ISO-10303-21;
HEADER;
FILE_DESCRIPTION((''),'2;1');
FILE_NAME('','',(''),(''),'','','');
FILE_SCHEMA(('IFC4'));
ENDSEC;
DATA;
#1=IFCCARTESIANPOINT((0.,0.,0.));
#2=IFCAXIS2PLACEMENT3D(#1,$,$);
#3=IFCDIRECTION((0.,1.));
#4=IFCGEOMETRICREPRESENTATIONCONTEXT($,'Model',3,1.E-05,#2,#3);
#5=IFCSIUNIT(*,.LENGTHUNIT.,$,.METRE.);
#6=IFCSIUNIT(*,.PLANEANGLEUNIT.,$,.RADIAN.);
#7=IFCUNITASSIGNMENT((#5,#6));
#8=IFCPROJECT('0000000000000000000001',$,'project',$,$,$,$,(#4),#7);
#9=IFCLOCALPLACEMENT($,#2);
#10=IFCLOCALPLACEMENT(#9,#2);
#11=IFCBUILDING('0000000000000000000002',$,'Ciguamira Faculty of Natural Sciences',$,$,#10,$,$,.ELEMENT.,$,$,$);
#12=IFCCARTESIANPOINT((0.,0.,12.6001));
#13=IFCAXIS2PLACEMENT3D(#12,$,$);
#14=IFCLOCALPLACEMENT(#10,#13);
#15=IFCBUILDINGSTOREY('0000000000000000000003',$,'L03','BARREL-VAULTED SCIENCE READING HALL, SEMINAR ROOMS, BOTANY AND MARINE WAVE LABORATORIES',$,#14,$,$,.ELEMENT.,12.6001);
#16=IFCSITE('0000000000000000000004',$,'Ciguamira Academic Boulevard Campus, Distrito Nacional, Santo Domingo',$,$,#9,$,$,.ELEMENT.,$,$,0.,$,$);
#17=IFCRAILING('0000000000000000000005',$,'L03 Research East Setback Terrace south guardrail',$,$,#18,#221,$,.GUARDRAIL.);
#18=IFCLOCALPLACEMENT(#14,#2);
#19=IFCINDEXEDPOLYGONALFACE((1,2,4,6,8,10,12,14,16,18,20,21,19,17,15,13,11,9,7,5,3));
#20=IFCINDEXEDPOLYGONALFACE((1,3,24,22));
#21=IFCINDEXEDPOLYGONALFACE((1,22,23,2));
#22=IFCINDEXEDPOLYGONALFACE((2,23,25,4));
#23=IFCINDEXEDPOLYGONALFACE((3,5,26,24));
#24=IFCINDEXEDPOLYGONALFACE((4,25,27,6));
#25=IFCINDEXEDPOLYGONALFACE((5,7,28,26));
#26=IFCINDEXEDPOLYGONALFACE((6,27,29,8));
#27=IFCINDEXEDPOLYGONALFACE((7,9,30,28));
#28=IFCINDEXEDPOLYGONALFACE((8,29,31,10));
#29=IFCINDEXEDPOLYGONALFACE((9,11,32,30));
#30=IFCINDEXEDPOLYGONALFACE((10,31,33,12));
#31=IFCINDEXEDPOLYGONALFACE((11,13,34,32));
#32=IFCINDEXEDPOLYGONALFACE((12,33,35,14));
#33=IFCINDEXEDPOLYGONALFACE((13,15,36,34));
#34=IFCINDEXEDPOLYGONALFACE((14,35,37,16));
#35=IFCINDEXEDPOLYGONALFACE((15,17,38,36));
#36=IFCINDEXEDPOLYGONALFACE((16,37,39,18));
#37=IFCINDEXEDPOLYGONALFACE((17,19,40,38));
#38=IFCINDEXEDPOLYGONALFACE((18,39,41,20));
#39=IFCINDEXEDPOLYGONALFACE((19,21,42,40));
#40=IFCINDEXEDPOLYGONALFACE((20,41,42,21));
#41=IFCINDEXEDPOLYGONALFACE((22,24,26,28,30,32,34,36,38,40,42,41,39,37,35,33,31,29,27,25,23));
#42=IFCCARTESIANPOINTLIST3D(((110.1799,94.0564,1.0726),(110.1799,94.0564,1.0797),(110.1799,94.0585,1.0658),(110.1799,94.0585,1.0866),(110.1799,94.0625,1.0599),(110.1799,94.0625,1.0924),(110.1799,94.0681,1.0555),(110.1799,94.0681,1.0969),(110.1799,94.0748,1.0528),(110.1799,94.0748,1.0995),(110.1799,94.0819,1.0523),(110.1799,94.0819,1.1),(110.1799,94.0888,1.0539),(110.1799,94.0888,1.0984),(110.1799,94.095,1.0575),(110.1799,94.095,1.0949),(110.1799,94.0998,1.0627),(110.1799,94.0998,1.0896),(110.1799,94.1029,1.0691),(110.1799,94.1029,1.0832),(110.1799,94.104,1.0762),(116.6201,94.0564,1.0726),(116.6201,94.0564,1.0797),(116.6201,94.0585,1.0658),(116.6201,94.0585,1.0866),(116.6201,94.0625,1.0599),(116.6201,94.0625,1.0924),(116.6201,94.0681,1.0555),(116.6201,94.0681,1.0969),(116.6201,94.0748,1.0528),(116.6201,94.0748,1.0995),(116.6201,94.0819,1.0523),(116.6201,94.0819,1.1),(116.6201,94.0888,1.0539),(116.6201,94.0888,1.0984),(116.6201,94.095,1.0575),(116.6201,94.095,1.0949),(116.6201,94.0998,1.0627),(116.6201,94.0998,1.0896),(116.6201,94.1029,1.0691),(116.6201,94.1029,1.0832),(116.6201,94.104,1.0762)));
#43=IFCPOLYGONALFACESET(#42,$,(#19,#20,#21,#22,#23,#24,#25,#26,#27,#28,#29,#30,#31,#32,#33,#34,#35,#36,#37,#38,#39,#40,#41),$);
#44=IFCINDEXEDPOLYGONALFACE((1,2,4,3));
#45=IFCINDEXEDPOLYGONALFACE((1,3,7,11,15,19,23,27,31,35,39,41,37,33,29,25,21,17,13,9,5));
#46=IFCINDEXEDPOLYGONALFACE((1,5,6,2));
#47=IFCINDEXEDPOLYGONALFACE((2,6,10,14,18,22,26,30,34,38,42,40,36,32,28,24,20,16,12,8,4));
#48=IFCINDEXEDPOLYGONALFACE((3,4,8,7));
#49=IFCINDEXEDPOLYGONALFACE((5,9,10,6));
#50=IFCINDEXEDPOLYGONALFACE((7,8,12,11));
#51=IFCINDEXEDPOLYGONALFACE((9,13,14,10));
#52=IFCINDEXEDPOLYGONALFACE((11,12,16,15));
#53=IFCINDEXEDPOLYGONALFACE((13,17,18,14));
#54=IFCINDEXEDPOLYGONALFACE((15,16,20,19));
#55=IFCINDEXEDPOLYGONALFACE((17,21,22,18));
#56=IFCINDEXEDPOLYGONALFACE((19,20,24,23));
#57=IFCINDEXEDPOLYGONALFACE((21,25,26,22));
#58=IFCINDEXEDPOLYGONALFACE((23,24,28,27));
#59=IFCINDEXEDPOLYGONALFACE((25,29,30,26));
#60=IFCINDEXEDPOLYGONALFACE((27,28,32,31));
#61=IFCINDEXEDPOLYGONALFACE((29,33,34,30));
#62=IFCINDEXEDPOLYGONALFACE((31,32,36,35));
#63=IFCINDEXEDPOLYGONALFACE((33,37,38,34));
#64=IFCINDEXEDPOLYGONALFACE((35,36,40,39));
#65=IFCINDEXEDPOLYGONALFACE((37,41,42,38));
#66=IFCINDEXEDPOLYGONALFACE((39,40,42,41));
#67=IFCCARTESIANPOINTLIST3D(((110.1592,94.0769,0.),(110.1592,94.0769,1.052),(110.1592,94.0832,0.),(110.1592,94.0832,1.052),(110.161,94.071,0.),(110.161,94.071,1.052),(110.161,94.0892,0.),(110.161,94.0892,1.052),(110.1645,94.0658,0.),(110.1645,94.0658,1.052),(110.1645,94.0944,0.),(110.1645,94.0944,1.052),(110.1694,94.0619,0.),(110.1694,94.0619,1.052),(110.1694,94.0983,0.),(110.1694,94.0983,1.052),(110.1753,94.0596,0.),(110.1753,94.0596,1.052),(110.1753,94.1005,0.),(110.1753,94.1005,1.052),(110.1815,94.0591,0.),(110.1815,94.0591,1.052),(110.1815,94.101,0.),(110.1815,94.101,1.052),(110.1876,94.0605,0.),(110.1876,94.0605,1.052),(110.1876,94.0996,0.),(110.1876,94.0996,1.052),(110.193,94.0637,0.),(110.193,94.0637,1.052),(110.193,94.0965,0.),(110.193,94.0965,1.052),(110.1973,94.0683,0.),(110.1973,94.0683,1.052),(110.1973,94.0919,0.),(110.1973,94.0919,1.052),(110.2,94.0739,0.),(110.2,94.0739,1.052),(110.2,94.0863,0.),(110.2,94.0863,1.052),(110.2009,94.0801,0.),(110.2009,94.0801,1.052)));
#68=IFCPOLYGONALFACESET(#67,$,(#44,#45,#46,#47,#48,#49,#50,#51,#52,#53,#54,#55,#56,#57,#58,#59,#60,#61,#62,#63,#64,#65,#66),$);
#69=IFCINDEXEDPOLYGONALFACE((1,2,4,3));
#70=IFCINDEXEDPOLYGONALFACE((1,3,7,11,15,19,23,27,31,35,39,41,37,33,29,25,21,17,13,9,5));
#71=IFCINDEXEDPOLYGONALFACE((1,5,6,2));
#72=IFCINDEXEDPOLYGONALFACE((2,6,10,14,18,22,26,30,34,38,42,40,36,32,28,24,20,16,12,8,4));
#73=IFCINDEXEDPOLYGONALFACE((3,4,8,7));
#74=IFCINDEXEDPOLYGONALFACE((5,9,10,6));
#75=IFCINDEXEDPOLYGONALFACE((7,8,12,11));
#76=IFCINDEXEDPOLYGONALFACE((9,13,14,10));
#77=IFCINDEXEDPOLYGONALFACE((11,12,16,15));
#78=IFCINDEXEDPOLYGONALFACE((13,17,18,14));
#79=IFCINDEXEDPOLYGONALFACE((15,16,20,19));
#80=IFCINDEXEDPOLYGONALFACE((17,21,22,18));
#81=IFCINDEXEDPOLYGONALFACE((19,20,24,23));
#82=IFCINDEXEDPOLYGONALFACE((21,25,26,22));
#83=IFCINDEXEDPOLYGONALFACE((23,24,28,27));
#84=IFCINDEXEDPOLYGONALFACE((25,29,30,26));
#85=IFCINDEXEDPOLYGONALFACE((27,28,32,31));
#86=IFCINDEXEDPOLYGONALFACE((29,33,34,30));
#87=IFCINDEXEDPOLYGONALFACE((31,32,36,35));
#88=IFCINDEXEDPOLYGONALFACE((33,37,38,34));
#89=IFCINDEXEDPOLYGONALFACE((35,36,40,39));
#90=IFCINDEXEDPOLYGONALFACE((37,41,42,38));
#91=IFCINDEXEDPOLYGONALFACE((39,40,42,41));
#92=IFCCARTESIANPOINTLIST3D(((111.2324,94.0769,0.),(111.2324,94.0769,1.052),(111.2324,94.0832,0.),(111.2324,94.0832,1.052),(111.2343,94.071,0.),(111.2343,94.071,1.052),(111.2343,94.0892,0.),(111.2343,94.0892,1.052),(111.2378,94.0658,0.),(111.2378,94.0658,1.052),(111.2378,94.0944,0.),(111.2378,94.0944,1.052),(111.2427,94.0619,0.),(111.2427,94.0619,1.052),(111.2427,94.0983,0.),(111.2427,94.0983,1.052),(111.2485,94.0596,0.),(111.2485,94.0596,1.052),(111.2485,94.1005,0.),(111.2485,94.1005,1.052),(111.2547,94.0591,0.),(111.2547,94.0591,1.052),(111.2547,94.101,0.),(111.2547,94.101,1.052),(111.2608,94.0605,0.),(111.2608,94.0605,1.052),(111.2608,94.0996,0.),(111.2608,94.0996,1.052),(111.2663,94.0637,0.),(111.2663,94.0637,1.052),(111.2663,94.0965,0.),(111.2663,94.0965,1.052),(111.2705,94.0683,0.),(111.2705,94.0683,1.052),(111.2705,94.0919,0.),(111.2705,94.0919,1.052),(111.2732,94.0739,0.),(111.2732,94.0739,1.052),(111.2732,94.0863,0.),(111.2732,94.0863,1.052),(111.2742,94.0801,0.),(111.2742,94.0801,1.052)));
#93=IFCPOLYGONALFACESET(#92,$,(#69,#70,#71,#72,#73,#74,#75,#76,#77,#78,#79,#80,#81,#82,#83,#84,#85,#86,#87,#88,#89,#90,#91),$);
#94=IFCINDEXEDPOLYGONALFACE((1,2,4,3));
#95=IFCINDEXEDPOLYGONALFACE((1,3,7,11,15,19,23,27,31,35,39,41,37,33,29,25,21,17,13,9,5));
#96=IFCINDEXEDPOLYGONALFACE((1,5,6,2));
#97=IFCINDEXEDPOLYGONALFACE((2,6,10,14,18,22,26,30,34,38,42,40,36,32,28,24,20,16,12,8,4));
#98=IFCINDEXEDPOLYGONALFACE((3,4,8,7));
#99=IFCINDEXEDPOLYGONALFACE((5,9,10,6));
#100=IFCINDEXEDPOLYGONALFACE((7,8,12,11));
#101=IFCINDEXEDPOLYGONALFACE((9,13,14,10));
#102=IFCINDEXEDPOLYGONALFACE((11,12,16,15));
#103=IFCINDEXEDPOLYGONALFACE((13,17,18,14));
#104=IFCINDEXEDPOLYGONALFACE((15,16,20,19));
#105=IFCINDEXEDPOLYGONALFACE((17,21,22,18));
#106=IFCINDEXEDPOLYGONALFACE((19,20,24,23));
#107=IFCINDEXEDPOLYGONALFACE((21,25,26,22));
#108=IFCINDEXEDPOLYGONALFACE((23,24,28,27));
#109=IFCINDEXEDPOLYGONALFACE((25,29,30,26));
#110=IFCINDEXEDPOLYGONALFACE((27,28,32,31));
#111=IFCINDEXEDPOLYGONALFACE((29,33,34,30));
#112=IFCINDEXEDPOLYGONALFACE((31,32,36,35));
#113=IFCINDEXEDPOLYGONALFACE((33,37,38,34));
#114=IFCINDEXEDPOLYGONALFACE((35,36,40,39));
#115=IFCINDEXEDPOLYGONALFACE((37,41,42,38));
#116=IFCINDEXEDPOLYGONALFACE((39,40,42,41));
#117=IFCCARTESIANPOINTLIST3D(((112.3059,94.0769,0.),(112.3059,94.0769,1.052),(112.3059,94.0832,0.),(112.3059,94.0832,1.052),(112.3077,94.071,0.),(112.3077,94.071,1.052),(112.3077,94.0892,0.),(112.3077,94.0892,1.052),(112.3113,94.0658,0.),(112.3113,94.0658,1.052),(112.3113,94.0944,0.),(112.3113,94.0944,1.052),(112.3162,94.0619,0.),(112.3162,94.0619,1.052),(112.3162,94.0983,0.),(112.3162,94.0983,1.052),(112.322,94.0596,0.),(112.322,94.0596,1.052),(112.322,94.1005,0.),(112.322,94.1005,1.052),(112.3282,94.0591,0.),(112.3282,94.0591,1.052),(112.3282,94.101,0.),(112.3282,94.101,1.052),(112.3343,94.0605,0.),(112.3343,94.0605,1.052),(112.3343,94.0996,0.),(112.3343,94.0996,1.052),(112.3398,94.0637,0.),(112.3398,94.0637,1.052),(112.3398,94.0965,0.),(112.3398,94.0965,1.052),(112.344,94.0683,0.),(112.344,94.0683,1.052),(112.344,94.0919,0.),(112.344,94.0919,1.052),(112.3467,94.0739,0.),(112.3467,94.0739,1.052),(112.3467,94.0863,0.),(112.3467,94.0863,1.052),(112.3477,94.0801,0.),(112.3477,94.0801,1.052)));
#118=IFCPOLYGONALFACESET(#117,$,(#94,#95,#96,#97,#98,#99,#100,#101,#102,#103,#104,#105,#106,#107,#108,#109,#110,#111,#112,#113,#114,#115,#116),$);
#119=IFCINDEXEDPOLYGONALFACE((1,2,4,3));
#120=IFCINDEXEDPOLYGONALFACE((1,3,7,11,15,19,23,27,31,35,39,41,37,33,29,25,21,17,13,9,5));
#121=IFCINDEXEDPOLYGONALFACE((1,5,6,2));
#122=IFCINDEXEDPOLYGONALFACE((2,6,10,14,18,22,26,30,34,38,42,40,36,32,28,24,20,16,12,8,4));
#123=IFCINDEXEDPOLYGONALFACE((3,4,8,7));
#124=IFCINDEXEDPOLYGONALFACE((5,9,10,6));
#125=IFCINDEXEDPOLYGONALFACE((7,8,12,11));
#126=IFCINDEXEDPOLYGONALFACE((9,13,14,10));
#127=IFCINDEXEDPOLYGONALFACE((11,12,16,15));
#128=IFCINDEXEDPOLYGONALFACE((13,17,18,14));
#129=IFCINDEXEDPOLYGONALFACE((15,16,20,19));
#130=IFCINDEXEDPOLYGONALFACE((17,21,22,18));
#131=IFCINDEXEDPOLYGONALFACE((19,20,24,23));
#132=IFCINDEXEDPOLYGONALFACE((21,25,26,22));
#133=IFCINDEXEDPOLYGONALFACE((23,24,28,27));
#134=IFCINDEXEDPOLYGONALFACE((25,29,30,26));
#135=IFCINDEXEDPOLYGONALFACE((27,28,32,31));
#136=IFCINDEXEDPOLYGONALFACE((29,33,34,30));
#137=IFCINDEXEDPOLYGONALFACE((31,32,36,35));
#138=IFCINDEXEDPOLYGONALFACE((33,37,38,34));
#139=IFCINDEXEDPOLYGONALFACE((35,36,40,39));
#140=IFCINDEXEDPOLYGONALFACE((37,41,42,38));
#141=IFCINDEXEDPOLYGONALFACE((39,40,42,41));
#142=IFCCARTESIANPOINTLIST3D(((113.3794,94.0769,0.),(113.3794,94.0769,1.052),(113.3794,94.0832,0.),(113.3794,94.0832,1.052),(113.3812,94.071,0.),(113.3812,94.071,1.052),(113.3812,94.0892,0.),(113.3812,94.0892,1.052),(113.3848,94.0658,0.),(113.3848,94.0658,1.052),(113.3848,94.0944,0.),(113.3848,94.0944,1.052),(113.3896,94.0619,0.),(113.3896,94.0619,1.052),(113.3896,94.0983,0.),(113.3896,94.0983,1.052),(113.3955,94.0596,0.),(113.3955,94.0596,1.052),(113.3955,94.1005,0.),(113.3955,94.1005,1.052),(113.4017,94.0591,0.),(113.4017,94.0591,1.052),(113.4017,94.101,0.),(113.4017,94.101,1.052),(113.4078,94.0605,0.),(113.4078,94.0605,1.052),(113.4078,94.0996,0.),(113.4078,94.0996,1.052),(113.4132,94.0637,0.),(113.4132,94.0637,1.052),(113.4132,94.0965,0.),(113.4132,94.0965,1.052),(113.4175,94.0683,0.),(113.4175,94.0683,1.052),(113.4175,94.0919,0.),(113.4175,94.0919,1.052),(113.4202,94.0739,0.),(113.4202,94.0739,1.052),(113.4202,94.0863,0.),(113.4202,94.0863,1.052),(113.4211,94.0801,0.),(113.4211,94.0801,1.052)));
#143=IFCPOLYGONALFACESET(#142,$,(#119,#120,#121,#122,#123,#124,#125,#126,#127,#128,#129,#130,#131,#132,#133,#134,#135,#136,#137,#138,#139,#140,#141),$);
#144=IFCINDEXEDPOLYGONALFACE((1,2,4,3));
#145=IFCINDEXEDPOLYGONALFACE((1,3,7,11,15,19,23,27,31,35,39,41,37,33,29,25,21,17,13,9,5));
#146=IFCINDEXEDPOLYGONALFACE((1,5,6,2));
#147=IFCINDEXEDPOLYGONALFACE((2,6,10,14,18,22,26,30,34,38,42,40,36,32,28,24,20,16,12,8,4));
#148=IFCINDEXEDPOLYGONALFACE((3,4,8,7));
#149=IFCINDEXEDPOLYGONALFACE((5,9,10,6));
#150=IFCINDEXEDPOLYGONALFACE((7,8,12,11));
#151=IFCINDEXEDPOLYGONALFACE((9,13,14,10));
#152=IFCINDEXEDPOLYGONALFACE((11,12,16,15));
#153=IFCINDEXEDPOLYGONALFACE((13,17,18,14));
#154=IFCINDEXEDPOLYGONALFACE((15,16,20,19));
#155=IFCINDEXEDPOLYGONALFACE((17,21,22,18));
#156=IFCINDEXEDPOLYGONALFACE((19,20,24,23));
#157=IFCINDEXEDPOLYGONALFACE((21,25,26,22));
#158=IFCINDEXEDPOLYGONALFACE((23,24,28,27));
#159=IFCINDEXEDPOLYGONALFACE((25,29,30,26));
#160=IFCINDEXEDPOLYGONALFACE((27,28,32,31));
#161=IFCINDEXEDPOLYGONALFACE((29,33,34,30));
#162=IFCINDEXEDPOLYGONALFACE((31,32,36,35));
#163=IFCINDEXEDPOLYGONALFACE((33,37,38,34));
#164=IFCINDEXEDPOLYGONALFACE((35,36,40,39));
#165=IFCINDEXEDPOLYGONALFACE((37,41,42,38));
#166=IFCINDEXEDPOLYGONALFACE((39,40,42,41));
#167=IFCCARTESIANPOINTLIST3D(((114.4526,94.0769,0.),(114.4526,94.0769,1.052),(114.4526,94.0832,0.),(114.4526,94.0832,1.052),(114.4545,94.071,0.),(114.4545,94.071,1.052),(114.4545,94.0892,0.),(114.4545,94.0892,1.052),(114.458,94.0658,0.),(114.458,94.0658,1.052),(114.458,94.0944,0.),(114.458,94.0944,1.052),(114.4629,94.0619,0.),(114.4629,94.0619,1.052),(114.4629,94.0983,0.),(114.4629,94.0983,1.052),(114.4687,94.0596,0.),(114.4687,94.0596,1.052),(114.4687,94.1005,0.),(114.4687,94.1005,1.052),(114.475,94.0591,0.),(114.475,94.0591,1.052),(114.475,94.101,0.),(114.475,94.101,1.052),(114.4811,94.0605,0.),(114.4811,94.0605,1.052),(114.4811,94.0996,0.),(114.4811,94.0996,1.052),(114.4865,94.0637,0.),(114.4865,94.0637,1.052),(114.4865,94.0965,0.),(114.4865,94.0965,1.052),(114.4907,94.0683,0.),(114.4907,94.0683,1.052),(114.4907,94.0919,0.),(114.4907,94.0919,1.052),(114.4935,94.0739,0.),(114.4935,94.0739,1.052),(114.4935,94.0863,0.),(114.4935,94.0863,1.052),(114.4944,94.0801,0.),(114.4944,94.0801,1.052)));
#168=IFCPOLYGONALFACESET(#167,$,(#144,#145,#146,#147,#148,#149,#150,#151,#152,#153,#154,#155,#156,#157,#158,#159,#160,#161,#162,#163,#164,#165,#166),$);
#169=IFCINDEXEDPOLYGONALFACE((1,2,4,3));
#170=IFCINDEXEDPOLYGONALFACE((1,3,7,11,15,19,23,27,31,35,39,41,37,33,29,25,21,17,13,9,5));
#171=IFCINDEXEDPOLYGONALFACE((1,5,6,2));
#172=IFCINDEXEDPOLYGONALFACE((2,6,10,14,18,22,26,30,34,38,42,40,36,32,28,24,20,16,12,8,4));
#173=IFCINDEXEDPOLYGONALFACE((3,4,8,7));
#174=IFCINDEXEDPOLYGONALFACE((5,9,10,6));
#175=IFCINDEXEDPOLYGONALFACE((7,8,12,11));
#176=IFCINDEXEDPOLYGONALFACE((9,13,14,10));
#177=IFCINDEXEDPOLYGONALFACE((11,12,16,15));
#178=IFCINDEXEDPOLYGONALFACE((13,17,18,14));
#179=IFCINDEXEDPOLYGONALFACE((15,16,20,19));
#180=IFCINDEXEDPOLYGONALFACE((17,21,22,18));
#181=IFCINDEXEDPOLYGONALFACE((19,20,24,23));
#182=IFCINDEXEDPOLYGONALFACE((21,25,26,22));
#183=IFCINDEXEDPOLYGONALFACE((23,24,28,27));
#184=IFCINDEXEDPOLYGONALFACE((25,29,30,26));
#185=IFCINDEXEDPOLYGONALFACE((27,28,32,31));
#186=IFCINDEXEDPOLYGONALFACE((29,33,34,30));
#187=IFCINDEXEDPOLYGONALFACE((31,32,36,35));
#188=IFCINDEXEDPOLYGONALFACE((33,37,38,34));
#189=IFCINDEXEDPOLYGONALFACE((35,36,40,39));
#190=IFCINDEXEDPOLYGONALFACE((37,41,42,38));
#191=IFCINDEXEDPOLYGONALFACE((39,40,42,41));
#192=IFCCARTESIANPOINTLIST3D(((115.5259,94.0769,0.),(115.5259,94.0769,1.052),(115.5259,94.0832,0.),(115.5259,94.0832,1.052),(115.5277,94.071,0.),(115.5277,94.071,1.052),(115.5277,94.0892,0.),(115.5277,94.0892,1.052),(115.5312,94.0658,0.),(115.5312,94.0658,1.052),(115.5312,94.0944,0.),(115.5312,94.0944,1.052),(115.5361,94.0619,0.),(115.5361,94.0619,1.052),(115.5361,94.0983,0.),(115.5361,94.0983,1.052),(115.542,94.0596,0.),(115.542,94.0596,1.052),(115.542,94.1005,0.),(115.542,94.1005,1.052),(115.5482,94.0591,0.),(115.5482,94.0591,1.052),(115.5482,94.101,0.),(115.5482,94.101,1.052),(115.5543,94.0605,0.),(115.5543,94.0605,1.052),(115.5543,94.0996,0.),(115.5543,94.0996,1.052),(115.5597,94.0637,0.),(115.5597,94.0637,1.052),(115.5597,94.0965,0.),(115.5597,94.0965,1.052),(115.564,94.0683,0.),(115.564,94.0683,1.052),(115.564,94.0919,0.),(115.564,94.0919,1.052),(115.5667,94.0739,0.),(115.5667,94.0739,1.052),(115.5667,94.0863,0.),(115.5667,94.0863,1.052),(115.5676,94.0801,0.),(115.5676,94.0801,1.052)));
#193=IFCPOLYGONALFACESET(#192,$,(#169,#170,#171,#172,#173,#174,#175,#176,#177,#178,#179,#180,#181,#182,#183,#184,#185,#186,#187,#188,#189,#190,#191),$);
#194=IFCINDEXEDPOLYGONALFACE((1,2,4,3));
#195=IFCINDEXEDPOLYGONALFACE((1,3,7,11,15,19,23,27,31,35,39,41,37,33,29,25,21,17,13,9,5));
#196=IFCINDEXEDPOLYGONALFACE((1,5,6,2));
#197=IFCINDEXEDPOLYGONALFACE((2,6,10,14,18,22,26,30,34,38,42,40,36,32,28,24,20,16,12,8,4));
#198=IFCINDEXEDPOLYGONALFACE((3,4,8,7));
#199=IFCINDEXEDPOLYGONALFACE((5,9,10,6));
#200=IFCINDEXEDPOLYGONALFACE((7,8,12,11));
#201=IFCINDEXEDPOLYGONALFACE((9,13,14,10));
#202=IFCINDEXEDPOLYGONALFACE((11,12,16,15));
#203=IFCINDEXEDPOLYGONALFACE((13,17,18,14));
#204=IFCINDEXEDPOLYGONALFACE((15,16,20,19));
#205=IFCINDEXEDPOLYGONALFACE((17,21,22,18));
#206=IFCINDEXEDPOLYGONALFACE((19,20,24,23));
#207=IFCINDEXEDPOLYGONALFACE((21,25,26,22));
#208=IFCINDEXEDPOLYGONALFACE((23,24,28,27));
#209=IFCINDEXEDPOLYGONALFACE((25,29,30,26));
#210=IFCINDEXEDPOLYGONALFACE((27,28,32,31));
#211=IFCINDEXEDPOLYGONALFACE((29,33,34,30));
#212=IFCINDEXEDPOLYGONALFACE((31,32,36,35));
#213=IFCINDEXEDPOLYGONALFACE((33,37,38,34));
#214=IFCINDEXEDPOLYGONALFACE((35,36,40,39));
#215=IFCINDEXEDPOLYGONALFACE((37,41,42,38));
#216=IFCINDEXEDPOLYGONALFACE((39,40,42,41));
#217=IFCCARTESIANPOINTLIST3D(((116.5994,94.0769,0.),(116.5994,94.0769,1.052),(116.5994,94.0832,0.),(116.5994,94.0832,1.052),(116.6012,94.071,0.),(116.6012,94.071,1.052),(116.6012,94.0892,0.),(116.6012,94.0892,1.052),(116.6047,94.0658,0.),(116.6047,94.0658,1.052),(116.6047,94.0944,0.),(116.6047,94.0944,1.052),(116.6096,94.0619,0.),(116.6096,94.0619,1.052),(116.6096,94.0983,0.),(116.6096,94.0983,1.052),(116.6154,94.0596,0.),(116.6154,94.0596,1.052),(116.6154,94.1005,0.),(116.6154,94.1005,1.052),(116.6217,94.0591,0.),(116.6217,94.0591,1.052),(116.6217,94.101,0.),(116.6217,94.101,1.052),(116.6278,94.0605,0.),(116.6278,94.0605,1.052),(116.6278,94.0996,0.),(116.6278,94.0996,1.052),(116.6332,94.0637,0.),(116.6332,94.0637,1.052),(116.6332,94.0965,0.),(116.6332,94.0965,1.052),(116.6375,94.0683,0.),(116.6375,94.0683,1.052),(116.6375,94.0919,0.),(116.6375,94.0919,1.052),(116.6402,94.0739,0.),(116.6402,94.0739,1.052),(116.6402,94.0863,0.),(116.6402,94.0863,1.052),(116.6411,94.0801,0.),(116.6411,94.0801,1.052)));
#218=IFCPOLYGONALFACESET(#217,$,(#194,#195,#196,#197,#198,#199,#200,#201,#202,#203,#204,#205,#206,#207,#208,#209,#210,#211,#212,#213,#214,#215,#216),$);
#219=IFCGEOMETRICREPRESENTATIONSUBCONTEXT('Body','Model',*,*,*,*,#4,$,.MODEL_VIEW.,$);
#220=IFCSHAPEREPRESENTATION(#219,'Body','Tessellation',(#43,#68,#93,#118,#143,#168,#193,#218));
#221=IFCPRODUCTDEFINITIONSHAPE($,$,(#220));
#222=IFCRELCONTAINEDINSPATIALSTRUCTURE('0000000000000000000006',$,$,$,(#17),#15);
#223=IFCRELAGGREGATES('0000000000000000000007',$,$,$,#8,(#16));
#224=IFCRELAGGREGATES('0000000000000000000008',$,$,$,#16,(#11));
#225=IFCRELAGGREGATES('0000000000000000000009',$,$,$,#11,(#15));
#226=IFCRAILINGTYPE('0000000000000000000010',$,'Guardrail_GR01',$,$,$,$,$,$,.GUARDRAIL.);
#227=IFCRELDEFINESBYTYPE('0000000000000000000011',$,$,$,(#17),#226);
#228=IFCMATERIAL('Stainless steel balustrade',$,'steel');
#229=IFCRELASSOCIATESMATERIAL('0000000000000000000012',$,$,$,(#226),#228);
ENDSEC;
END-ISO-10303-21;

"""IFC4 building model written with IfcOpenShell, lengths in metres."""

from ifc_helpers import new_model, si_unit, direction, frame, origin, origin_2d, place, context, subcontext, project, spatial, circle, extrude, material, type_object, element, save


model = new_model("IFC4")

# Units and contexts
model_context = context("Model", 3, precision=1e-05, world=origin(), true_north=direction((0.0, 1.0)))
body_context = subcontext(model_context, "Body", "Model", "MODEL_VIEW")
ifc_project = project(units=[si_unit("LENGTHUNIT", "METRE"), si_unit("PLANEANGLEUNIT", "RADIAN")], contexts=[model_context])

# Site, building, storey
site_placement = place(None, origin())
site = spatial("IfcSite", under=ifc_project, at=site_placement, Name="Ciguamira Academic Boulevard Campus, Distrito Nacional, Santo Domingo", CompositionType="ELEMENT", RefElevation=0.0)
building_placement = place(site_placement, origin())
building = spatial("IfcBuilding", under=site, at=building_placement, Name="Ciguamira Faculty of Natural Sciences", CompositionType="ELEMENT")
storey_placement = place(building_placement, frame((0.0, 0.0, 12.6001)))
storey = spatial("IfcBuildingStorey", under=building, at=storey_placement, Name="L03", Description="BARREL-VAULTED SCIENCE READING HALL, SEMINAR ROOMS, BOTANY AND MARINE WAVE LABORATORIES", CompositionType="ELEMENT", Elevation=12.6001)

# Railing
ifc_material_1 = material(Name="Stainless steel balustrade", Category="steel")
railing_type = type_object("IfcRailingType", Name="Guardrail_GR01", PredefinedType="GUARDRAIL", material=ifc_material_1)
railing_placement = place(storey_placement, frame((110.1799, 94.0801, 0.0)))
element("IfcRailing", 1, at=railing_placement, inside=storey, type_object=railing_type, Name="L03 Research East Setback Terrace south guardrail", PredefinedType="GUARDRAIL", context=body_context, shape_type="SweptSolid", body=[
    extrude(circle(Radius=0.0239, at=origin_2d()), frame((0.0, 0.0, 1.0762), z_axis=(1.0, 0.0, 0.0), x_axis=(0.0, 1.0, 0.0)), (0.0, 0.0, 1.0), 6.4402),
    extrude(circle(Radius=0.021, at=origin_2d()), origin(), (0.0, 0.0, 1.0), 1.052),
    extrude(circle(Radius=0.021, at=origin_2d()), frame((1.0732, 0.0, 0.0)), (0.0, 0.0, 1.0), 1.052),
    extrude(circle(Radius=0.021, at=origin_2d()), frame((2.1467, 0.0, 0.0)), (0.0, 0.0, 1.0), 1.052),
    extrude(circle(Radius=0.021, at=origin_2d()), frame((3.2202, 0.0, 0.0)), (0.0, 0.0, 1.0), 1.052),
    extrude(circle(Radius=0.021, at=origin_2d()), frame((4.2935, 0.0, 0.0)), (0.0, 0.0, 1.0), 1.052),
    extrude(circle(Radius=0.021, at=origin_2d()), frame((5.3667, 0.0, 0.0)), (0.0, 0.0, 1.0), 1.052),
    extrude(circle(Radius=0.021, at=origin_2d()), frame((6.4402, 0.0, 0.0)), (0.0, 0.0, 1.0), 1.052),
])

save(model, "model.ifc")
